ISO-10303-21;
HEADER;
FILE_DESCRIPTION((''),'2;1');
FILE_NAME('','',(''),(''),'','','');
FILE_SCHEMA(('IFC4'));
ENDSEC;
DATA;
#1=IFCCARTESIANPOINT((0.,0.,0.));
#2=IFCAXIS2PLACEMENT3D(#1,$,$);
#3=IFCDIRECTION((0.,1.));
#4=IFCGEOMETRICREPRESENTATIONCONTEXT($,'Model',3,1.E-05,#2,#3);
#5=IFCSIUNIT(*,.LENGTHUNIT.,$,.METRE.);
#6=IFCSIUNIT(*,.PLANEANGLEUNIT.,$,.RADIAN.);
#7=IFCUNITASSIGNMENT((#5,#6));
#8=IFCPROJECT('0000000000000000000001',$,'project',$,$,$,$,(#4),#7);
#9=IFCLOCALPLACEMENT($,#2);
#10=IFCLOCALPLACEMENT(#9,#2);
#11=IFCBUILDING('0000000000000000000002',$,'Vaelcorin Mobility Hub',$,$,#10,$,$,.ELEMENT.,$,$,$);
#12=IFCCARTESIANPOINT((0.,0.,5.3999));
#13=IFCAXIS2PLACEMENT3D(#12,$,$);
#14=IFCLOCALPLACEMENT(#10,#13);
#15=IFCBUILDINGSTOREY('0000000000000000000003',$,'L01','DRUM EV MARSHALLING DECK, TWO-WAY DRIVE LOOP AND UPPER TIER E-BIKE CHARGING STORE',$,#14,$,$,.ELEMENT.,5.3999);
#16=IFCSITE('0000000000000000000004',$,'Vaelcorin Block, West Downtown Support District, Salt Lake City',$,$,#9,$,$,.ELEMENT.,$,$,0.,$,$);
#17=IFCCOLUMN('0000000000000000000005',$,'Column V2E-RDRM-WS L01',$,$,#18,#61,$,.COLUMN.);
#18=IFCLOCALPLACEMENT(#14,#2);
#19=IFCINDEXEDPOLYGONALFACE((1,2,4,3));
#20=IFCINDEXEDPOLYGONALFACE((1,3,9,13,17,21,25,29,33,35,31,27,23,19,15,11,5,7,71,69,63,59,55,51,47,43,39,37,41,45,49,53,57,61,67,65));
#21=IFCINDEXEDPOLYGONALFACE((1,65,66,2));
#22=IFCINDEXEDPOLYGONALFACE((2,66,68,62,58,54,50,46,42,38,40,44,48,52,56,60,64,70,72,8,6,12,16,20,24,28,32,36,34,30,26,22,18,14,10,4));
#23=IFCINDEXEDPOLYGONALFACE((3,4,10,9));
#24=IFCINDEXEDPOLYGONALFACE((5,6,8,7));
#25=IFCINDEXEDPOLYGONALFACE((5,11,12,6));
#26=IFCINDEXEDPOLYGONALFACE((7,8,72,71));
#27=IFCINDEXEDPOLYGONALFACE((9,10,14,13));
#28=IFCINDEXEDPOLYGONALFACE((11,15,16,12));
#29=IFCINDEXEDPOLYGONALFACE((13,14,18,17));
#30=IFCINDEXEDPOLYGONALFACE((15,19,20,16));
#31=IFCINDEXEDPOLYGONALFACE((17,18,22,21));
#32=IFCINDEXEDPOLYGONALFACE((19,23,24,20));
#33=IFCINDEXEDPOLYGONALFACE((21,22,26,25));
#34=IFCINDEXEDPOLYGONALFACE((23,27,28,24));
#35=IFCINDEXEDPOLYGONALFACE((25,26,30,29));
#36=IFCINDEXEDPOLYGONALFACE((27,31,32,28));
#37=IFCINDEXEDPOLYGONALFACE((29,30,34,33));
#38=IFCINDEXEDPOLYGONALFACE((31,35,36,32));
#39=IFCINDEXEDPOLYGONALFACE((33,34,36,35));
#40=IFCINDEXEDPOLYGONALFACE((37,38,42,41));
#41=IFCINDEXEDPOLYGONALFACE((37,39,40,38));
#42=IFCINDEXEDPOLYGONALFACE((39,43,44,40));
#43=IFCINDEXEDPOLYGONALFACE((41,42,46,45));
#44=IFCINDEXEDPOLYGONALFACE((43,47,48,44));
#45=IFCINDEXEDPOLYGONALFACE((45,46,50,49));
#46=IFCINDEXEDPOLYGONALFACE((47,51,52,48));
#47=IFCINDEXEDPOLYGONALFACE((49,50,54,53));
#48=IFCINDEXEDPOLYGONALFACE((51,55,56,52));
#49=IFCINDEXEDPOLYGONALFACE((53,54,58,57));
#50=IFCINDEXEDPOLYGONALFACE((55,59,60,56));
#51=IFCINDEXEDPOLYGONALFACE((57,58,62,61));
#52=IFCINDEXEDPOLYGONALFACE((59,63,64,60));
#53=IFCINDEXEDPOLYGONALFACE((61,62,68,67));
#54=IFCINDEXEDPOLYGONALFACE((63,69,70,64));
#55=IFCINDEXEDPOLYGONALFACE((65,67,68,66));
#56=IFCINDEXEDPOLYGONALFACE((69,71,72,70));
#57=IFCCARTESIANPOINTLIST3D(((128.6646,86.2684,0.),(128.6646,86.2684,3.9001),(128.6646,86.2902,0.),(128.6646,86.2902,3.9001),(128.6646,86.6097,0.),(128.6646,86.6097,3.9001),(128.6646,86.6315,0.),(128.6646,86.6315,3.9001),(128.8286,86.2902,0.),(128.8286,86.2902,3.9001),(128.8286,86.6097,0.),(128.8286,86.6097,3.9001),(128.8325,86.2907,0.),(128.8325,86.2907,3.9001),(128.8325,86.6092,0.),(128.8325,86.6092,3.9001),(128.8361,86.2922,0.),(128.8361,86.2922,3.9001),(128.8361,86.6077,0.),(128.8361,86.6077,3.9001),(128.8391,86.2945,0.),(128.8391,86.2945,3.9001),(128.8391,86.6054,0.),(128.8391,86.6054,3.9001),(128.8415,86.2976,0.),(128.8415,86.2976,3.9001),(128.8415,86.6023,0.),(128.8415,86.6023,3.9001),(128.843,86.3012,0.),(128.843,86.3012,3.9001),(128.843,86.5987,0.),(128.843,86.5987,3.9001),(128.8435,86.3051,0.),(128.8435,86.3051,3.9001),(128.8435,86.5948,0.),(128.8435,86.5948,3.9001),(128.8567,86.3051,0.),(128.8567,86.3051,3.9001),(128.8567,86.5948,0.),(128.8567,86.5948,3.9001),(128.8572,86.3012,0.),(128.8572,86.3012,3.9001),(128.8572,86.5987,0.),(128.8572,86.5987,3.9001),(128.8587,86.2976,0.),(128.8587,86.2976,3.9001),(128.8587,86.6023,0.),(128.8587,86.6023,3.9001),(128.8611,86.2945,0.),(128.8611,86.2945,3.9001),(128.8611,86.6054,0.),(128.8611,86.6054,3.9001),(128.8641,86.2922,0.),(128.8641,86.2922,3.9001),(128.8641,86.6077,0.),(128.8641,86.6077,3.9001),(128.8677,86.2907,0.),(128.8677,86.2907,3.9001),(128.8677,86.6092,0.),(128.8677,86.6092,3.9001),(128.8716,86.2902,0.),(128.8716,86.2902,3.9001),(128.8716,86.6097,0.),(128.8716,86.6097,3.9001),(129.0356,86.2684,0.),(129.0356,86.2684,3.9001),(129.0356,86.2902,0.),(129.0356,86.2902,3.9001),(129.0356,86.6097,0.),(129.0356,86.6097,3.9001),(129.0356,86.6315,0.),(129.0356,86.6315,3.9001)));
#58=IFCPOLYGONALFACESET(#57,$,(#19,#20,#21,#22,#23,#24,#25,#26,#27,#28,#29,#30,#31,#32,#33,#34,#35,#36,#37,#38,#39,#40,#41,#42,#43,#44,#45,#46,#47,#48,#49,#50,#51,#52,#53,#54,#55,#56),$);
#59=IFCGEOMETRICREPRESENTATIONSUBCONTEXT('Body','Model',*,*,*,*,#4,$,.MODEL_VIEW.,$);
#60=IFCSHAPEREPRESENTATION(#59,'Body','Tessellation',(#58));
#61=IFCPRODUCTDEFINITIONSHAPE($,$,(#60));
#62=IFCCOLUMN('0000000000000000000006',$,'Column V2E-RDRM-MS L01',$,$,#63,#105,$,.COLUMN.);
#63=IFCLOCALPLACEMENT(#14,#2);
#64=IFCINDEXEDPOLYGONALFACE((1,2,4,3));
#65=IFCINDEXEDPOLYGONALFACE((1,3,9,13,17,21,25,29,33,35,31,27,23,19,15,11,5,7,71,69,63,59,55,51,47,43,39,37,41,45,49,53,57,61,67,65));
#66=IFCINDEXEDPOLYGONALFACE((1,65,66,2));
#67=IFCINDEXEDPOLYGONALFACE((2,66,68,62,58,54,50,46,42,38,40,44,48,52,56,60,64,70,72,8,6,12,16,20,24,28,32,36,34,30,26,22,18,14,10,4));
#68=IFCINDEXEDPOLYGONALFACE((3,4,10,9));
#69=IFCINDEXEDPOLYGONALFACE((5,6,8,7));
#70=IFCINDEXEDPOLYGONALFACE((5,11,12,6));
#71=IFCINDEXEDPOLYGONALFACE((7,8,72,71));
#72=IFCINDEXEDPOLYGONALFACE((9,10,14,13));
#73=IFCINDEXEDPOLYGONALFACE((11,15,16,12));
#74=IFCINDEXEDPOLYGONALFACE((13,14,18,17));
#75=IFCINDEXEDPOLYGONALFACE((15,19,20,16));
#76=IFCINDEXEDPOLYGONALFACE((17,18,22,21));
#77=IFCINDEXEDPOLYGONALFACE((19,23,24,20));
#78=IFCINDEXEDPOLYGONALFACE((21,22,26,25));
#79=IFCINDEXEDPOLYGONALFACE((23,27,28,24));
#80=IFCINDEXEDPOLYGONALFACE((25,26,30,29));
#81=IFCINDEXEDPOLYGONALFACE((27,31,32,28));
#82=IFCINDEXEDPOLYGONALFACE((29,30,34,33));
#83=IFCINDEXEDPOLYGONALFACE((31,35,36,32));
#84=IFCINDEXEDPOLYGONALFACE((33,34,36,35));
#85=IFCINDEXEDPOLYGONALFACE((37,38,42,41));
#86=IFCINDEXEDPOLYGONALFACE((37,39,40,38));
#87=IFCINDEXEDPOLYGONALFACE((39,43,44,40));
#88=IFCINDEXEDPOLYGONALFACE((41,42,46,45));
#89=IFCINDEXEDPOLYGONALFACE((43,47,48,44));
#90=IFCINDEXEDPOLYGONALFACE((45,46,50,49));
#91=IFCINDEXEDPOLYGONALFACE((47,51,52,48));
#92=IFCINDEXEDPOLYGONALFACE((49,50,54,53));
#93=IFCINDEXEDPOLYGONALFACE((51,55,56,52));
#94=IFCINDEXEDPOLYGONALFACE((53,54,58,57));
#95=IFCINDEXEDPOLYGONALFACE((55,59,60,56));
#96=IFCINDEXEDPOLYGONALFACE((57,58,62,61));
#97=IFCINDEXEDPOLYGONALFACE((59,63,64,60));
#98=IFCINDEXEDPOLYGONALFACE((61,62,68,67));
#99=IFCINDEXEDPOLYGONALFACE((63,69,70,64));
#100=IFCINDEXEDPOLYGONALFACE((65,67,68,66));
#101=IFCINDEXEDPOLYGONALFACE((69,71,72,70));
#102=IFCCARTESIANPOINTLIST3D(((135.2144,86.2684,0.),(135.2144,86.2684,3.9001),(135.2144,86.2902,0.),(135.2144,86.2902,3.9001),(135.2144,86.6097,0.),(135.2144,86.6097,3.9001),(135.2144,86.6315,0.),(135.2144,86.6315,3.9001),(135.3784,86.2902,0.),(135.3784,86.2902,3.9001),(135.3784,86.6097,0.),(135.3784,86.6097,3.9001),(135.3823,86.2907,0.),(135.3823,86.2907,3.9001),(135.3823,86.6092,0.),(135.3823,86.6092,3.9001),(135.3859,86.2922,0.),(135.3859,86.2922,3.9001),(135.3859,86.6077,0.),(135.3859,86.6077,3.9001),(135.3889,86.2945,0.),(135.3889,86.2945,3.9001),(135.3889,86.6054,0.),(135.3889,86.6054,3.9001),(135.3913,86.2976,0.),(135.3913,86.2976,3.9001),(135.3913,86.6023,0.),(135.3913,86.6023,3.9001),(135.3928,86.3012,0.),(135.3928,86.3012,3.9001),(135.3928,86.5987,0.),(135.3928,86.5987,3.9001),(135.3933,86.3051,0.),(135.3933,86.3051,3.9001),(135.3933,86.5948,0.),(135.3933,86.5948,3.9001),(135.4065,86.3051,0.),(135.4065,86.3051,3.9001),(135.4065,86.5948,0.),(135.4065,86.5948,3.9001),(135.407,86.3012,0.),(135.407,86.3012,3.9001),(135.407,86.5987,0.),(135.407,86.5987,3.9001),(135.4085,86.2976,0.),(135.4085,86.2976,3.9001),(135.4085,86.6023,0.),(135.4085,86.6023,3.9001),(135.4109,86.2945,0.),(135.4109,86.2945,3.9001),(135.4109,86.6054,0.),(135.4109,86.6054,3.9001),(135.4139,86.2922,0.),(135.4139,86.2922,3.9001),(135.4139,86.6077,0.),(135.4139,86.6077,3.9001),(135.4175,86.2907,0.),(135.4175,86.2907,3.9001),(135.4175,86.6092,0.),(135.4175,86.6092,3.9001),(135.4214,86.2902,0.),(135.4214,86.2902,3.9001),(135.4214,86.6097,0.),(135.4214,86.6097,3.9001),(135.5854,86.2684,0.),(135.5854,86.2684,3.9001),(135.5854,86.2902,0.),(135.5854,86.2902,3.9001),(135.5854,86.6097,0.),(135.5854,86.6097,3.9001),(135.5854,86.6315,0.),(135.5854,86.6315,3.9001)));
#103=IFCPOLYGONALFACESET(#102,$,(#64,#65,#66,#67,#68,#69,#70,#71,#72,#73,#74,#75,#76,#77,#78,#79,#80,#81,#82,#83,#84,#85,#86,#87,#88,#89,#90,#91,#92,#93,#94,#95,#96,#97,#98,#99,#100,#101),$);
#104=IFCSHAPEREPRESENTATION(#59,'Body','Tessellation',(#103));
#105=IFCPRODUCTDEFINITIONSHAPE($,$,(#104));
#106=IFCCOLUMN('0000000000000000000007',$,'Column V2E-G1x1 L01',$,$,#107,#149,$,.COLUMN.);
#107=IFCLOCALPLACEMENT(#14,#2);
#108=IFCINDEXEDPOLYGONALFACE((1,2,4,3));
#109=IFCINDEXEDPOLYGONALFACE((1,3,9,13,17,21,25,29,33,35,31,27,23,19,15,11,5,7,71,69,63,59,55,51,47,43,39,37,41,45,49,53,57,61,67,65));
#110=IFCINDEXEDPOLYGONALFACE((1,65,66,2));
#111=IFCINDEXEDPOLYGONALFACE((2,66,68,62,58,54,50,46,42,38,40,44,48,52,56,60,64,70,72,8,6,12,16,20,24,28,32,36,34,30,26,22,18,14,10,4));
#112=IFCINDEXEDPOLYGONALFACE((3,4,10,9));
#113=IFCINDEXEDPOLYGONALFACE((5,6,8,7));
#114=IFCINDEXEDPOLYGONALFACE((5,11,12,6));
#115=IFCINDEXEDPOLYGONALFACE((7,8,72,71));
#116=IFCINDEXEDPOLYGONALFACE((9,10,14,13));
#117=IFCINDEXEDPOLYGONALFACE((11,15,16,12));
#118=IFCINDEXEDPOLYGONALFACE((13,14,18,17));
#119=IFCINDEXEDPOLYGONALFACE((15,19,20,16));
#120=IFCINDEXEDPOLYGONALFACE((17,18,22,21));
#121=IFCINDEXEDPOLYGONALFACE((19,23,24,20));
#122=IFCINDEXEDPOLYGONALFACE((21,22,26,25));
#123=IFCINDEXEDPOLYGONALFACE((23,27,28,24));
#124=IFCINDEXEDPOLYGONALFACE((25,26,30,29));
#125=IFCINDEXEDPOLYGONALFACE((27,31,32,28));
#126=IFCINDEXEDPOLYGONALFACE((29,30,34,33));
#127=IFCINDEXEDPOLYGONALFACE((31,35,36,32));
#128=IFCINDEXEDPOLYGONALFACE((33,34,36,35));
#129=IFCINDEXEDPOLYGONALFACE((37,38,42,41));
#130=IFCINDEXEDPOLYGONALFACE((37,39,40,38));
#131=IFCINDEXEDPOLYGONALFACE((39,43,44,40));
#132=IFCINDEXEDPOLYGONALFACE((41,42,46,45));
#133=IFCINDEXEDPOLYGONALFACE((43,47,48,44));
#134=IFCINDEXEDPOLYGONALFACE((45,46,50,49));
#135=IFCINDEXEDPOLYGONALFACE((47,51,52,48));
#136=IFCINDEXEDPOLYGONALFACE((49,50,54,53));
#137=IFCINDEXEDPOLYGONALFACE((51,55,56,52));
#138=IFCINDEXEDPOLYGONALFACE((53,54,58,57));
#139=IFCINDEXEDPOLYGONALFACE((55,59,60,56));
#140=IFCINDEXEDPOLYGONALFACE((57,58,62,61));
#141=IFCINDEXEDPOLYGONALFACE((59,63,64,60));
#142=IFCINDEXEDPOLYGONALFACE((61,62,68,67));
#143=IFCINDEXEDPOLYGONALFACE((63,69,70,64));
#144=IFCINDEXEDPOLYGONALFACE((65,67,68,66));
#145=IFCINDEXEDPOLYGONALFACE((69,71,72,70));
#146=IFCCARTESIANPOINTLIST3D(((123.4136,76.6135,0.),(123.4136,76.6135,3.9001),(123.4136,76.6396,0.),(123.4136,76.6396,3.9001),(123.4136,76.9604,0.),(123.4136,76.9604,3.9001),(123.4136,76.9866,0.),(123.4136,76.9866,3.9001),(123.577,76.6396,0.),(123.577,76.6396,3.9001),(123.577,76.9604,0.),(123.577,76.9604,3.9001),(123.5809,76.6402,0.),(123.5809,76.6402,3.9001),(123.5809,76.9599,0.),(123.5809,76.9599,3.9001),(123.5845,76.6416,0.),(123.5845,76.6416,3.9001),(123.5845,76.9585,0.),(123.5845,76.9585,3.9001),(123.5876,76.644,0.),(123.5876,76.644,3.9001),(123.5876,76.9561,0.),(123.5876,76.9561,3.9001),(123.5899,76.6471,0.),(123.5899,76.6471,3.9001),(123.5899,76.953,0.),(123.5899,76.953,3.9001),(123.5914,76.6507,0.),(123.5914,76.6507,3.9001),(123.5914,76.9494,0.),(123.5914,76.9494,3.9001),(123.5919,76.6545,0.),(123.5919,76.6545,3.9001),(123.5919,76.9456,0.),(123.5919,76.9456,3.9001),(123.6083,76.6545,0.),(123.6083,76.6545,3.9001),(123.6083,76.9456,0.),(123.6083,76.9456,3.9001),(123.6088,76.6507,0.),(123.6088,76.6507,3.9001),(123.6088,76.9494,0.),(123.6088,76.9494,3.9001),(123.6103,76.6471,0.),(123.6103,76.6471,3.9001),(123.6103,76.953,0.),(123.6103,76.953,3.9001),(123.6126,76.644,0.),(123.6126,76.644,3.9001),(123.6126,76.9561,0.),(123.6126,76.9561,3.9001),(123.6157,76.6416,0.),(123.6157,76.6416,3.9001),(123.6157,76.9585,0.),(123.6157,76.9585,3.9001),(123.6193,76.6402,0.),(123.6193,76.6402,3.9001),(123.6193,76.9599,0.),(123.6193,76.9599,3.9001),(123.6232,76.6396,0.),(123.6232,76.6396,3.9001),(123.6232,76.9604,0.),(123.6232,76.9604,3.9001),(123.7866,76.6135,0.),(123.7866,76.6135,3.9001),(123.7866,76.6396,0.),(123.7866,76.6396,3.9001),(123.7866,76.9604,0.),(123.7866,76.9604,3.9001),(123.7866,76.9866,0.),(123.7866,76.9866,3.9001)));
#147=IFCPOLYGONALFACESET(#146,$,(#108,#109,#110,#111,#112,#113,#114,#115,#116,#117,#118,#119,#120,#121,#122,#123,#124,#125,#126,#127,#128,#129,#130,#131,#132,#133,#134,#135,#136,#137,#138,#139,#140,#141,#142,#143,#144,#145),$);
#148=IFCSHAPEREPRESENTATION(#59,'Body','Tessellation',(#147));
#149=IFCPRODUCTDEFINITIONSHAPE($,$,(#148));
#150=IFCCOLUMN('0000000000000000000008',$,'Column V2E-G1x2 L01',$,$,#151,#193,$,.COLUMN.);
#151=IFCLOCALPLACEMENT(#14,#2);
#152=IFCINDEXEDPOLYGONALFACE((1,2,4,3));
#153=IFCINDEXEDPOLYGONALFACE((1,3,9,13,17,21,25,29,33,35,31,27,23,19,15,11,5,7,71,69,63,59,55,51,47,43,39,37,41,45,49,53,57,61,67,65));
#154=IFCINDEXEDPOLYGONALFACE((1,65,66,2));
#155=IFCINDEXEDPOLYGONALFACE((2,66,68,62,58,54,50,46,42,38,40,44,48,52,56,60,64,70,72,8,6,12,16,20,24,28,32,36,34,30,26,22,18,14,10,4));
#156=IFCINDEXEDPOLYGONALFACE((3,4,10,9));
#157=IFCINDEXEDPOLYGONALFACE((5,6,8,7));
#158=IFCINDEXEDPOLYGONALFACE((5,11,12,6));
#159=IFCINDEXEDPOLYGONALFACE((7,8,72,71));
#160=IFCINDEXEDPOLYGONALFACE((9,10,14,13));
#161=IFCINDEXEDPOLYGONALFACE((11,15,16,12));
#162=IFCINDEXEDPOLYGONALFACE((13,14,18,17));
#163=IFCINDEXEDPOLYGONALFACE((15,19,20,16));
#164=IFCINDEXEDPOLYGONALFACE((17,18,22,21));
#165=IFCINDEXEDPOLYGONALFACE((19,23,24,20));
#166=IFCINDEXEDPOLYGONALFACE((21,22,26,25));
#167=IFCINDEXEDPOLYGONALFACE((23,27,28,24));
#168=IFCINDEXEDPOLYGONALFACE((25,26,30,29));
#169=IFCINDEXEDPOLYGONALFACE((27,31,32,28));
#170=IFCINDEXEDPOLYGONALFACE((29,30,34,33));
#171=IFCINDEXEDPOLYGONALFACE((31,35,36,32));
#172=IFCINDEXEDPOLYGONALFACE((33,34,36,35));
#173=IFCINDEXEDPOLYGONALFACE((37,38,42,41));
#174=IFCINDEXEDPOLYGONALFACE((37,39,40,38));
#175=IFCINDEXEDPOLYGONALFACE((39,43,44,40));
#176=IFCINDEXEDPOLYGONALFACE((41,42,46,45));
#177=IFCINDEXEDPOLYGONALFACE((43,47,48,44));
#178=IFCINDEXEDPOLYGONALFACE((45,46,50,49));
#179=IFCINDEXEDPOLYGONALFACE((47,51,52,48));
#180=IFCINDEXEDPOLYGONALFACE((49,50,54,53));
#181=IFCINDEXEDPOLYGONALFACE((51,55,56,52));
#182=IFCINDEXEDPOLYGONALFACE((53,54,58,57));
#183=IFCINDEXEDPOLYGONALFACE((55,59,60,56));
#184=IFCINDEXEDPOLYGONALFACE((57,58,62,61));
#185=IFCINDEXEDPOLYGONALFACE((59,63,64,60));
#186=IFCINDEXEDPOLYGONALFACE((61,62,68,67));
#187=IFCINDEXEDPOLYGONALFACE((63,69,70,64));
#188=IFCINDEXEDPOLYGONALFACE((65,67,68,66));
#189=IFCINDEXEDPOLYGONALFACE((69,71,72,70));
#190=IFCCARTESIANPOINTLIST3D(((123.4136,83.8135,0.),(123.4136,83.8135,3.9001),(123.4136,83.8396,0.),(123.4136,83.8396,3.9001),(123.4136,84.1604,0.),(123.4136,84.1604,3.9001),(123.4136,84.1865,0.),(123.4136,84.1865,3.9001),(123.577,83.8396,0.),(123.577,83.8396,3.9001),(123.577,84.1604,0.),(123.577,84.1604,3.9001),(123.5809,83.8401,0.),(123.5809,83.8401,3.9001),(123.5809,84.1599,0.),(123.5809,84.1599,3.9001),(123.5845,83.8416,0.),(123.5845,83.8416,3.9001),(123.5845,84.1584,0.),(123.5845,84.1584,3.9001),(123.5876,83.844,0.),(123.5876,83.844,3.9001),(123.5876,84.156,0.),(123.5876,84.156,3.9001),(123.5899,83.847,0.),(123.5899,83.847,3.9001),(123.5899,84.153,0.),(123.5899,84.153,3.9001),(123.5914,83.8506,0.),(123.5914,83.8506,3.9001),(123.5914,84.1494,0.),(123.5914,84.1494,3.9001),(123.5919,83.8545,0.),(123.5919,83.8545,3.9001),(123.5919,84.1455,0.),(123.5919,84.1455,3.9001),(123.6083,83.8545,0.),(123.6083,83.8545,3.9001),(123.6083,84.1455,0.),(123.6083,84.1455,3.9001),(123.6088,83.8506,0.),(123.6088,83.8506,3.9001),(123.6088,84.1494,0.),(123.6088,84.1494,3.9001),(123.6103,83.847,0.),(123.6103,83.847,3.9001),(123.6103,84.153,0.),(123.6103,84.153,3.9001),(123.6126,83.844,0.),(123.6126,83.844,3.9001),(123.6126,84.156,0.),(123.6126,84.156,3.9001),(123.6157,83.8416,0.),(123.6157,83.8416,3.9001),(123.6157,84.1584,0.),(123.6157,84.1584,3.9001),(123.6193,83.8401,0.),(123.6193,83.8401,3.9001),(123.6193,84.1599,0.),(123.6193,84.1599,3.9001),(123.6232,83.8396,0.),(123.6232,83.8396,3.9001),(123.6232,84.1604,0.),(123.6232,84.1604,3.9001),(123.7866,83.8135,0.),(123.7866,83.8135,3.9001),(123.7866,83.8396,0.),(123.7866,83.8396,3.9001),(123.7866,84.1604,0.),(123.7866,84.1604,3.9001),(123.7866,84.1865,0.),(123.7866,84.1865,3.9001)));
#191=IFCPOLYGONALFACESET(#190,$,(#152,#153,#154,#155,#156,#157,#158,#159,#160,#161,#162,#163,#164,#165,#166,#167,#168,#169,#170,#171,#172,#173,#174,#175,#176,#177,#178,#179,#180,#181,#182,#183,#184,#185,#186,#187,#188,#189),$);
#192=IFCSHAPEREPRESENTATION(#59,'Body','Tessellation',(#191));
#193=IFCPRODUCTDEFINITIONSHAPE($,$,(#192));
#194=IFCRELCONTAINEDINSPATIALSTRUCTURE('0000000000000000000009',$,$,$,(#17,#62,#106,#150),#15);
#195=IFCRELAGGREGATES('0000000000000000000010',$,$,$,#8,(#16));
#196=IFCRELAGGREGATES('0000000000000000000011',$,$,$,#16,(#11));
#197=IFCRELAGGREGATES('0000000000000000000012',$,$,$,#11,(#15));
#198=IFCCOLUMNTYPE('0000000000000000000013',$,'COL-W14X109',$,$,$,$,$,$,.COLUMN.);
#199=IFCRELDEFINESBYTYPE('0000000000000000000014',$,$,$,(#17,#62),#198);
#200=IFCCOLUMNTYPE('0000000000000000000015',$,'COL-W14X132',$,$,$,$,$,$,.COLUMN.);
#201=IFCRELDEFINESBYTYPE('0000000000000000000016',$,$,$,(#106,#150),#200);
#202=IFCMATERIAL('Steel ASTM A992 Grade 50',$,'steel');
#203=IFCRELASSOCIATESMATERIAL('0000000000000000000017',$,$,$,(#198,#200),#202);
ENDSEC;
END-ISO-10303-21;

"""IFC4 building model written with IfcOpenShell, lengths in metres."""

from ifc_helpers import new_model, si_unit, direction, frame, origin, origin_2d, place, context, subcontext, project, spatial, i_section, extrude, material, material_profile, profile_set, type_object, element, save


model = new_model("IFC4")

# Units and contexts
model_context = context("Model", 3, precision=1e-05, world=origin(), true_north=direction((0.0, 1.0)))
body_context = subcontext(model_context, "Body", "Model", "MODEL_VIEW")
ifc_project = project(units=[si_unit("LENGTHUNIT", "METRE"), si_unit("PLANEANGLEUNIT", "RADIAN")], contexts=[model_context])

# Site, building, storey
site_placement = place(None, origin())
site = spatial("IfcSite", under=ifc_project, at=site_placement, Name="Vaelcorin Block, West Downtown Support District, Salt Lake City", CompositionType="ELEMENT", RefElevation=0.0)
building_placement = place(site_placement, origin())
building = spatial("IfcBuilding", under=site, at=building_placement, Name="Vaelcorin Mobility Hub", CompositionType="ELEMENT")
storey_placement = place(building_placement, frame((0.0, 0.0, 5.3999)))
storey = spatial("IfcBuildingStorey", under=building, at=storey_placement, Name="L01", Description="DRUM EV MARSHALLING DECK, TWO-WAY DRIVE LOOP AND UPPER TIER E-BIKE CHARGING STORE", CompositionType="ELEMENT", Elevation=5.3999)

# Columns
ifc_material_1 = material(Name="Steel ASTM A992 Grade 50", Category="steel")
ifc_material_profile_1 = material_profile(ifc_material_1, i_section(OverallWidth=0.3711, OverallDepth=0.363, WebThickness=0.0132, FlangeThickness=0.0217, FilletRadius=0.0149, at=origin_2d()), Name="W14X109")
ifc_profile_set_1 = profile_set([ifc_material_profile_1], Name="Steel ASTM A992 Grade 50")
column_type_1 = type_object("IfcColumnType", Name="COL-W14X109", PredefinedType="COLUMN", material=ifc_profile_set_1)
for number, where, z_axis, x_axis, name in (
    (1, (128.8501, 86.45, 0.0), (0.0, 0.0, 1.0), (1.0, 0.0, 0.0), "Column V2E-RDRM-WS L01"),
    (2, (135.3999, 86.45, 0.0), (0.0, 0.0, 1.0), (1.0, 0.0, 0.0), "Column V2E-RDRM-MS L01"),
):
    element("IfcColumn", number, at=place(storey_placement, frame(where, z_axis=z_axis, x_axis=x_axis)), inside=storey, type_object=column_type_1, Name=name, PredefinedType="COLUMN", context=body_context, shape_type="SweptSolid", body=[
        extrude(i_section(OverallWidth=0.3711, OverallDepth=0.363, WebThickness=0.0132, FlangeThickness=0.0217, FilletRadius=0.0149, at=origin_2d()), origin(), (0.0, 0.0, 1.0), 3.9001),
    ])
ifc_material_profile_2 = material_profile(ifc_material_1, i_section(OverallWidth=0.373, OverallDepth=0.373, WebThickness=0.0164, FlangeThickness=0.0261, FilletRadius=0.0149, at=origin_2d()), Name="W14X132")
ifc_profile_set_2 = profile_set([ifc_material_profile_2], Name="Steel ASTM A992 Grade 50")
column_type_2 = type_object("IfcColumnType", Name="COL-W14X132", PredefinedType="COLUMN", material=ifc_profile_set_2)
for number, where, z_axis, x_axis, name in (
    (3, (123.6001, 76.8, 0.0), (0.0, 0.0, 1.0), (1.0, 0.0, 0.0), "Column V2E-G1x1 L01"),
    (4, (123.6001, 84.0, 0.0), (0.0, 0.0, 1.0), (1.0, 0.0, 0.0), "Column V2E-G1x2 L01"),
):
    element("IfcColumn", number, at=place(storey_placement, frame(where, z_axis=z_axis, x_axis=x_axis)), inside=storey, type_object=column_type_2, Name=name, PredefinedType="COLUMN", context=body_context, shape_type="SweptSolid", body=[
        extrude(i_section(OverallWidth=0.373, OverallDepth=0.373, WebThickness=0.0164, FlangeThickness=0.0261, FilletRadius=0.0149, at=origin_2d()), origin(), (0.0, 0.0, 1.0), 3.9001),
    ])

save(model, "model.ifc")
